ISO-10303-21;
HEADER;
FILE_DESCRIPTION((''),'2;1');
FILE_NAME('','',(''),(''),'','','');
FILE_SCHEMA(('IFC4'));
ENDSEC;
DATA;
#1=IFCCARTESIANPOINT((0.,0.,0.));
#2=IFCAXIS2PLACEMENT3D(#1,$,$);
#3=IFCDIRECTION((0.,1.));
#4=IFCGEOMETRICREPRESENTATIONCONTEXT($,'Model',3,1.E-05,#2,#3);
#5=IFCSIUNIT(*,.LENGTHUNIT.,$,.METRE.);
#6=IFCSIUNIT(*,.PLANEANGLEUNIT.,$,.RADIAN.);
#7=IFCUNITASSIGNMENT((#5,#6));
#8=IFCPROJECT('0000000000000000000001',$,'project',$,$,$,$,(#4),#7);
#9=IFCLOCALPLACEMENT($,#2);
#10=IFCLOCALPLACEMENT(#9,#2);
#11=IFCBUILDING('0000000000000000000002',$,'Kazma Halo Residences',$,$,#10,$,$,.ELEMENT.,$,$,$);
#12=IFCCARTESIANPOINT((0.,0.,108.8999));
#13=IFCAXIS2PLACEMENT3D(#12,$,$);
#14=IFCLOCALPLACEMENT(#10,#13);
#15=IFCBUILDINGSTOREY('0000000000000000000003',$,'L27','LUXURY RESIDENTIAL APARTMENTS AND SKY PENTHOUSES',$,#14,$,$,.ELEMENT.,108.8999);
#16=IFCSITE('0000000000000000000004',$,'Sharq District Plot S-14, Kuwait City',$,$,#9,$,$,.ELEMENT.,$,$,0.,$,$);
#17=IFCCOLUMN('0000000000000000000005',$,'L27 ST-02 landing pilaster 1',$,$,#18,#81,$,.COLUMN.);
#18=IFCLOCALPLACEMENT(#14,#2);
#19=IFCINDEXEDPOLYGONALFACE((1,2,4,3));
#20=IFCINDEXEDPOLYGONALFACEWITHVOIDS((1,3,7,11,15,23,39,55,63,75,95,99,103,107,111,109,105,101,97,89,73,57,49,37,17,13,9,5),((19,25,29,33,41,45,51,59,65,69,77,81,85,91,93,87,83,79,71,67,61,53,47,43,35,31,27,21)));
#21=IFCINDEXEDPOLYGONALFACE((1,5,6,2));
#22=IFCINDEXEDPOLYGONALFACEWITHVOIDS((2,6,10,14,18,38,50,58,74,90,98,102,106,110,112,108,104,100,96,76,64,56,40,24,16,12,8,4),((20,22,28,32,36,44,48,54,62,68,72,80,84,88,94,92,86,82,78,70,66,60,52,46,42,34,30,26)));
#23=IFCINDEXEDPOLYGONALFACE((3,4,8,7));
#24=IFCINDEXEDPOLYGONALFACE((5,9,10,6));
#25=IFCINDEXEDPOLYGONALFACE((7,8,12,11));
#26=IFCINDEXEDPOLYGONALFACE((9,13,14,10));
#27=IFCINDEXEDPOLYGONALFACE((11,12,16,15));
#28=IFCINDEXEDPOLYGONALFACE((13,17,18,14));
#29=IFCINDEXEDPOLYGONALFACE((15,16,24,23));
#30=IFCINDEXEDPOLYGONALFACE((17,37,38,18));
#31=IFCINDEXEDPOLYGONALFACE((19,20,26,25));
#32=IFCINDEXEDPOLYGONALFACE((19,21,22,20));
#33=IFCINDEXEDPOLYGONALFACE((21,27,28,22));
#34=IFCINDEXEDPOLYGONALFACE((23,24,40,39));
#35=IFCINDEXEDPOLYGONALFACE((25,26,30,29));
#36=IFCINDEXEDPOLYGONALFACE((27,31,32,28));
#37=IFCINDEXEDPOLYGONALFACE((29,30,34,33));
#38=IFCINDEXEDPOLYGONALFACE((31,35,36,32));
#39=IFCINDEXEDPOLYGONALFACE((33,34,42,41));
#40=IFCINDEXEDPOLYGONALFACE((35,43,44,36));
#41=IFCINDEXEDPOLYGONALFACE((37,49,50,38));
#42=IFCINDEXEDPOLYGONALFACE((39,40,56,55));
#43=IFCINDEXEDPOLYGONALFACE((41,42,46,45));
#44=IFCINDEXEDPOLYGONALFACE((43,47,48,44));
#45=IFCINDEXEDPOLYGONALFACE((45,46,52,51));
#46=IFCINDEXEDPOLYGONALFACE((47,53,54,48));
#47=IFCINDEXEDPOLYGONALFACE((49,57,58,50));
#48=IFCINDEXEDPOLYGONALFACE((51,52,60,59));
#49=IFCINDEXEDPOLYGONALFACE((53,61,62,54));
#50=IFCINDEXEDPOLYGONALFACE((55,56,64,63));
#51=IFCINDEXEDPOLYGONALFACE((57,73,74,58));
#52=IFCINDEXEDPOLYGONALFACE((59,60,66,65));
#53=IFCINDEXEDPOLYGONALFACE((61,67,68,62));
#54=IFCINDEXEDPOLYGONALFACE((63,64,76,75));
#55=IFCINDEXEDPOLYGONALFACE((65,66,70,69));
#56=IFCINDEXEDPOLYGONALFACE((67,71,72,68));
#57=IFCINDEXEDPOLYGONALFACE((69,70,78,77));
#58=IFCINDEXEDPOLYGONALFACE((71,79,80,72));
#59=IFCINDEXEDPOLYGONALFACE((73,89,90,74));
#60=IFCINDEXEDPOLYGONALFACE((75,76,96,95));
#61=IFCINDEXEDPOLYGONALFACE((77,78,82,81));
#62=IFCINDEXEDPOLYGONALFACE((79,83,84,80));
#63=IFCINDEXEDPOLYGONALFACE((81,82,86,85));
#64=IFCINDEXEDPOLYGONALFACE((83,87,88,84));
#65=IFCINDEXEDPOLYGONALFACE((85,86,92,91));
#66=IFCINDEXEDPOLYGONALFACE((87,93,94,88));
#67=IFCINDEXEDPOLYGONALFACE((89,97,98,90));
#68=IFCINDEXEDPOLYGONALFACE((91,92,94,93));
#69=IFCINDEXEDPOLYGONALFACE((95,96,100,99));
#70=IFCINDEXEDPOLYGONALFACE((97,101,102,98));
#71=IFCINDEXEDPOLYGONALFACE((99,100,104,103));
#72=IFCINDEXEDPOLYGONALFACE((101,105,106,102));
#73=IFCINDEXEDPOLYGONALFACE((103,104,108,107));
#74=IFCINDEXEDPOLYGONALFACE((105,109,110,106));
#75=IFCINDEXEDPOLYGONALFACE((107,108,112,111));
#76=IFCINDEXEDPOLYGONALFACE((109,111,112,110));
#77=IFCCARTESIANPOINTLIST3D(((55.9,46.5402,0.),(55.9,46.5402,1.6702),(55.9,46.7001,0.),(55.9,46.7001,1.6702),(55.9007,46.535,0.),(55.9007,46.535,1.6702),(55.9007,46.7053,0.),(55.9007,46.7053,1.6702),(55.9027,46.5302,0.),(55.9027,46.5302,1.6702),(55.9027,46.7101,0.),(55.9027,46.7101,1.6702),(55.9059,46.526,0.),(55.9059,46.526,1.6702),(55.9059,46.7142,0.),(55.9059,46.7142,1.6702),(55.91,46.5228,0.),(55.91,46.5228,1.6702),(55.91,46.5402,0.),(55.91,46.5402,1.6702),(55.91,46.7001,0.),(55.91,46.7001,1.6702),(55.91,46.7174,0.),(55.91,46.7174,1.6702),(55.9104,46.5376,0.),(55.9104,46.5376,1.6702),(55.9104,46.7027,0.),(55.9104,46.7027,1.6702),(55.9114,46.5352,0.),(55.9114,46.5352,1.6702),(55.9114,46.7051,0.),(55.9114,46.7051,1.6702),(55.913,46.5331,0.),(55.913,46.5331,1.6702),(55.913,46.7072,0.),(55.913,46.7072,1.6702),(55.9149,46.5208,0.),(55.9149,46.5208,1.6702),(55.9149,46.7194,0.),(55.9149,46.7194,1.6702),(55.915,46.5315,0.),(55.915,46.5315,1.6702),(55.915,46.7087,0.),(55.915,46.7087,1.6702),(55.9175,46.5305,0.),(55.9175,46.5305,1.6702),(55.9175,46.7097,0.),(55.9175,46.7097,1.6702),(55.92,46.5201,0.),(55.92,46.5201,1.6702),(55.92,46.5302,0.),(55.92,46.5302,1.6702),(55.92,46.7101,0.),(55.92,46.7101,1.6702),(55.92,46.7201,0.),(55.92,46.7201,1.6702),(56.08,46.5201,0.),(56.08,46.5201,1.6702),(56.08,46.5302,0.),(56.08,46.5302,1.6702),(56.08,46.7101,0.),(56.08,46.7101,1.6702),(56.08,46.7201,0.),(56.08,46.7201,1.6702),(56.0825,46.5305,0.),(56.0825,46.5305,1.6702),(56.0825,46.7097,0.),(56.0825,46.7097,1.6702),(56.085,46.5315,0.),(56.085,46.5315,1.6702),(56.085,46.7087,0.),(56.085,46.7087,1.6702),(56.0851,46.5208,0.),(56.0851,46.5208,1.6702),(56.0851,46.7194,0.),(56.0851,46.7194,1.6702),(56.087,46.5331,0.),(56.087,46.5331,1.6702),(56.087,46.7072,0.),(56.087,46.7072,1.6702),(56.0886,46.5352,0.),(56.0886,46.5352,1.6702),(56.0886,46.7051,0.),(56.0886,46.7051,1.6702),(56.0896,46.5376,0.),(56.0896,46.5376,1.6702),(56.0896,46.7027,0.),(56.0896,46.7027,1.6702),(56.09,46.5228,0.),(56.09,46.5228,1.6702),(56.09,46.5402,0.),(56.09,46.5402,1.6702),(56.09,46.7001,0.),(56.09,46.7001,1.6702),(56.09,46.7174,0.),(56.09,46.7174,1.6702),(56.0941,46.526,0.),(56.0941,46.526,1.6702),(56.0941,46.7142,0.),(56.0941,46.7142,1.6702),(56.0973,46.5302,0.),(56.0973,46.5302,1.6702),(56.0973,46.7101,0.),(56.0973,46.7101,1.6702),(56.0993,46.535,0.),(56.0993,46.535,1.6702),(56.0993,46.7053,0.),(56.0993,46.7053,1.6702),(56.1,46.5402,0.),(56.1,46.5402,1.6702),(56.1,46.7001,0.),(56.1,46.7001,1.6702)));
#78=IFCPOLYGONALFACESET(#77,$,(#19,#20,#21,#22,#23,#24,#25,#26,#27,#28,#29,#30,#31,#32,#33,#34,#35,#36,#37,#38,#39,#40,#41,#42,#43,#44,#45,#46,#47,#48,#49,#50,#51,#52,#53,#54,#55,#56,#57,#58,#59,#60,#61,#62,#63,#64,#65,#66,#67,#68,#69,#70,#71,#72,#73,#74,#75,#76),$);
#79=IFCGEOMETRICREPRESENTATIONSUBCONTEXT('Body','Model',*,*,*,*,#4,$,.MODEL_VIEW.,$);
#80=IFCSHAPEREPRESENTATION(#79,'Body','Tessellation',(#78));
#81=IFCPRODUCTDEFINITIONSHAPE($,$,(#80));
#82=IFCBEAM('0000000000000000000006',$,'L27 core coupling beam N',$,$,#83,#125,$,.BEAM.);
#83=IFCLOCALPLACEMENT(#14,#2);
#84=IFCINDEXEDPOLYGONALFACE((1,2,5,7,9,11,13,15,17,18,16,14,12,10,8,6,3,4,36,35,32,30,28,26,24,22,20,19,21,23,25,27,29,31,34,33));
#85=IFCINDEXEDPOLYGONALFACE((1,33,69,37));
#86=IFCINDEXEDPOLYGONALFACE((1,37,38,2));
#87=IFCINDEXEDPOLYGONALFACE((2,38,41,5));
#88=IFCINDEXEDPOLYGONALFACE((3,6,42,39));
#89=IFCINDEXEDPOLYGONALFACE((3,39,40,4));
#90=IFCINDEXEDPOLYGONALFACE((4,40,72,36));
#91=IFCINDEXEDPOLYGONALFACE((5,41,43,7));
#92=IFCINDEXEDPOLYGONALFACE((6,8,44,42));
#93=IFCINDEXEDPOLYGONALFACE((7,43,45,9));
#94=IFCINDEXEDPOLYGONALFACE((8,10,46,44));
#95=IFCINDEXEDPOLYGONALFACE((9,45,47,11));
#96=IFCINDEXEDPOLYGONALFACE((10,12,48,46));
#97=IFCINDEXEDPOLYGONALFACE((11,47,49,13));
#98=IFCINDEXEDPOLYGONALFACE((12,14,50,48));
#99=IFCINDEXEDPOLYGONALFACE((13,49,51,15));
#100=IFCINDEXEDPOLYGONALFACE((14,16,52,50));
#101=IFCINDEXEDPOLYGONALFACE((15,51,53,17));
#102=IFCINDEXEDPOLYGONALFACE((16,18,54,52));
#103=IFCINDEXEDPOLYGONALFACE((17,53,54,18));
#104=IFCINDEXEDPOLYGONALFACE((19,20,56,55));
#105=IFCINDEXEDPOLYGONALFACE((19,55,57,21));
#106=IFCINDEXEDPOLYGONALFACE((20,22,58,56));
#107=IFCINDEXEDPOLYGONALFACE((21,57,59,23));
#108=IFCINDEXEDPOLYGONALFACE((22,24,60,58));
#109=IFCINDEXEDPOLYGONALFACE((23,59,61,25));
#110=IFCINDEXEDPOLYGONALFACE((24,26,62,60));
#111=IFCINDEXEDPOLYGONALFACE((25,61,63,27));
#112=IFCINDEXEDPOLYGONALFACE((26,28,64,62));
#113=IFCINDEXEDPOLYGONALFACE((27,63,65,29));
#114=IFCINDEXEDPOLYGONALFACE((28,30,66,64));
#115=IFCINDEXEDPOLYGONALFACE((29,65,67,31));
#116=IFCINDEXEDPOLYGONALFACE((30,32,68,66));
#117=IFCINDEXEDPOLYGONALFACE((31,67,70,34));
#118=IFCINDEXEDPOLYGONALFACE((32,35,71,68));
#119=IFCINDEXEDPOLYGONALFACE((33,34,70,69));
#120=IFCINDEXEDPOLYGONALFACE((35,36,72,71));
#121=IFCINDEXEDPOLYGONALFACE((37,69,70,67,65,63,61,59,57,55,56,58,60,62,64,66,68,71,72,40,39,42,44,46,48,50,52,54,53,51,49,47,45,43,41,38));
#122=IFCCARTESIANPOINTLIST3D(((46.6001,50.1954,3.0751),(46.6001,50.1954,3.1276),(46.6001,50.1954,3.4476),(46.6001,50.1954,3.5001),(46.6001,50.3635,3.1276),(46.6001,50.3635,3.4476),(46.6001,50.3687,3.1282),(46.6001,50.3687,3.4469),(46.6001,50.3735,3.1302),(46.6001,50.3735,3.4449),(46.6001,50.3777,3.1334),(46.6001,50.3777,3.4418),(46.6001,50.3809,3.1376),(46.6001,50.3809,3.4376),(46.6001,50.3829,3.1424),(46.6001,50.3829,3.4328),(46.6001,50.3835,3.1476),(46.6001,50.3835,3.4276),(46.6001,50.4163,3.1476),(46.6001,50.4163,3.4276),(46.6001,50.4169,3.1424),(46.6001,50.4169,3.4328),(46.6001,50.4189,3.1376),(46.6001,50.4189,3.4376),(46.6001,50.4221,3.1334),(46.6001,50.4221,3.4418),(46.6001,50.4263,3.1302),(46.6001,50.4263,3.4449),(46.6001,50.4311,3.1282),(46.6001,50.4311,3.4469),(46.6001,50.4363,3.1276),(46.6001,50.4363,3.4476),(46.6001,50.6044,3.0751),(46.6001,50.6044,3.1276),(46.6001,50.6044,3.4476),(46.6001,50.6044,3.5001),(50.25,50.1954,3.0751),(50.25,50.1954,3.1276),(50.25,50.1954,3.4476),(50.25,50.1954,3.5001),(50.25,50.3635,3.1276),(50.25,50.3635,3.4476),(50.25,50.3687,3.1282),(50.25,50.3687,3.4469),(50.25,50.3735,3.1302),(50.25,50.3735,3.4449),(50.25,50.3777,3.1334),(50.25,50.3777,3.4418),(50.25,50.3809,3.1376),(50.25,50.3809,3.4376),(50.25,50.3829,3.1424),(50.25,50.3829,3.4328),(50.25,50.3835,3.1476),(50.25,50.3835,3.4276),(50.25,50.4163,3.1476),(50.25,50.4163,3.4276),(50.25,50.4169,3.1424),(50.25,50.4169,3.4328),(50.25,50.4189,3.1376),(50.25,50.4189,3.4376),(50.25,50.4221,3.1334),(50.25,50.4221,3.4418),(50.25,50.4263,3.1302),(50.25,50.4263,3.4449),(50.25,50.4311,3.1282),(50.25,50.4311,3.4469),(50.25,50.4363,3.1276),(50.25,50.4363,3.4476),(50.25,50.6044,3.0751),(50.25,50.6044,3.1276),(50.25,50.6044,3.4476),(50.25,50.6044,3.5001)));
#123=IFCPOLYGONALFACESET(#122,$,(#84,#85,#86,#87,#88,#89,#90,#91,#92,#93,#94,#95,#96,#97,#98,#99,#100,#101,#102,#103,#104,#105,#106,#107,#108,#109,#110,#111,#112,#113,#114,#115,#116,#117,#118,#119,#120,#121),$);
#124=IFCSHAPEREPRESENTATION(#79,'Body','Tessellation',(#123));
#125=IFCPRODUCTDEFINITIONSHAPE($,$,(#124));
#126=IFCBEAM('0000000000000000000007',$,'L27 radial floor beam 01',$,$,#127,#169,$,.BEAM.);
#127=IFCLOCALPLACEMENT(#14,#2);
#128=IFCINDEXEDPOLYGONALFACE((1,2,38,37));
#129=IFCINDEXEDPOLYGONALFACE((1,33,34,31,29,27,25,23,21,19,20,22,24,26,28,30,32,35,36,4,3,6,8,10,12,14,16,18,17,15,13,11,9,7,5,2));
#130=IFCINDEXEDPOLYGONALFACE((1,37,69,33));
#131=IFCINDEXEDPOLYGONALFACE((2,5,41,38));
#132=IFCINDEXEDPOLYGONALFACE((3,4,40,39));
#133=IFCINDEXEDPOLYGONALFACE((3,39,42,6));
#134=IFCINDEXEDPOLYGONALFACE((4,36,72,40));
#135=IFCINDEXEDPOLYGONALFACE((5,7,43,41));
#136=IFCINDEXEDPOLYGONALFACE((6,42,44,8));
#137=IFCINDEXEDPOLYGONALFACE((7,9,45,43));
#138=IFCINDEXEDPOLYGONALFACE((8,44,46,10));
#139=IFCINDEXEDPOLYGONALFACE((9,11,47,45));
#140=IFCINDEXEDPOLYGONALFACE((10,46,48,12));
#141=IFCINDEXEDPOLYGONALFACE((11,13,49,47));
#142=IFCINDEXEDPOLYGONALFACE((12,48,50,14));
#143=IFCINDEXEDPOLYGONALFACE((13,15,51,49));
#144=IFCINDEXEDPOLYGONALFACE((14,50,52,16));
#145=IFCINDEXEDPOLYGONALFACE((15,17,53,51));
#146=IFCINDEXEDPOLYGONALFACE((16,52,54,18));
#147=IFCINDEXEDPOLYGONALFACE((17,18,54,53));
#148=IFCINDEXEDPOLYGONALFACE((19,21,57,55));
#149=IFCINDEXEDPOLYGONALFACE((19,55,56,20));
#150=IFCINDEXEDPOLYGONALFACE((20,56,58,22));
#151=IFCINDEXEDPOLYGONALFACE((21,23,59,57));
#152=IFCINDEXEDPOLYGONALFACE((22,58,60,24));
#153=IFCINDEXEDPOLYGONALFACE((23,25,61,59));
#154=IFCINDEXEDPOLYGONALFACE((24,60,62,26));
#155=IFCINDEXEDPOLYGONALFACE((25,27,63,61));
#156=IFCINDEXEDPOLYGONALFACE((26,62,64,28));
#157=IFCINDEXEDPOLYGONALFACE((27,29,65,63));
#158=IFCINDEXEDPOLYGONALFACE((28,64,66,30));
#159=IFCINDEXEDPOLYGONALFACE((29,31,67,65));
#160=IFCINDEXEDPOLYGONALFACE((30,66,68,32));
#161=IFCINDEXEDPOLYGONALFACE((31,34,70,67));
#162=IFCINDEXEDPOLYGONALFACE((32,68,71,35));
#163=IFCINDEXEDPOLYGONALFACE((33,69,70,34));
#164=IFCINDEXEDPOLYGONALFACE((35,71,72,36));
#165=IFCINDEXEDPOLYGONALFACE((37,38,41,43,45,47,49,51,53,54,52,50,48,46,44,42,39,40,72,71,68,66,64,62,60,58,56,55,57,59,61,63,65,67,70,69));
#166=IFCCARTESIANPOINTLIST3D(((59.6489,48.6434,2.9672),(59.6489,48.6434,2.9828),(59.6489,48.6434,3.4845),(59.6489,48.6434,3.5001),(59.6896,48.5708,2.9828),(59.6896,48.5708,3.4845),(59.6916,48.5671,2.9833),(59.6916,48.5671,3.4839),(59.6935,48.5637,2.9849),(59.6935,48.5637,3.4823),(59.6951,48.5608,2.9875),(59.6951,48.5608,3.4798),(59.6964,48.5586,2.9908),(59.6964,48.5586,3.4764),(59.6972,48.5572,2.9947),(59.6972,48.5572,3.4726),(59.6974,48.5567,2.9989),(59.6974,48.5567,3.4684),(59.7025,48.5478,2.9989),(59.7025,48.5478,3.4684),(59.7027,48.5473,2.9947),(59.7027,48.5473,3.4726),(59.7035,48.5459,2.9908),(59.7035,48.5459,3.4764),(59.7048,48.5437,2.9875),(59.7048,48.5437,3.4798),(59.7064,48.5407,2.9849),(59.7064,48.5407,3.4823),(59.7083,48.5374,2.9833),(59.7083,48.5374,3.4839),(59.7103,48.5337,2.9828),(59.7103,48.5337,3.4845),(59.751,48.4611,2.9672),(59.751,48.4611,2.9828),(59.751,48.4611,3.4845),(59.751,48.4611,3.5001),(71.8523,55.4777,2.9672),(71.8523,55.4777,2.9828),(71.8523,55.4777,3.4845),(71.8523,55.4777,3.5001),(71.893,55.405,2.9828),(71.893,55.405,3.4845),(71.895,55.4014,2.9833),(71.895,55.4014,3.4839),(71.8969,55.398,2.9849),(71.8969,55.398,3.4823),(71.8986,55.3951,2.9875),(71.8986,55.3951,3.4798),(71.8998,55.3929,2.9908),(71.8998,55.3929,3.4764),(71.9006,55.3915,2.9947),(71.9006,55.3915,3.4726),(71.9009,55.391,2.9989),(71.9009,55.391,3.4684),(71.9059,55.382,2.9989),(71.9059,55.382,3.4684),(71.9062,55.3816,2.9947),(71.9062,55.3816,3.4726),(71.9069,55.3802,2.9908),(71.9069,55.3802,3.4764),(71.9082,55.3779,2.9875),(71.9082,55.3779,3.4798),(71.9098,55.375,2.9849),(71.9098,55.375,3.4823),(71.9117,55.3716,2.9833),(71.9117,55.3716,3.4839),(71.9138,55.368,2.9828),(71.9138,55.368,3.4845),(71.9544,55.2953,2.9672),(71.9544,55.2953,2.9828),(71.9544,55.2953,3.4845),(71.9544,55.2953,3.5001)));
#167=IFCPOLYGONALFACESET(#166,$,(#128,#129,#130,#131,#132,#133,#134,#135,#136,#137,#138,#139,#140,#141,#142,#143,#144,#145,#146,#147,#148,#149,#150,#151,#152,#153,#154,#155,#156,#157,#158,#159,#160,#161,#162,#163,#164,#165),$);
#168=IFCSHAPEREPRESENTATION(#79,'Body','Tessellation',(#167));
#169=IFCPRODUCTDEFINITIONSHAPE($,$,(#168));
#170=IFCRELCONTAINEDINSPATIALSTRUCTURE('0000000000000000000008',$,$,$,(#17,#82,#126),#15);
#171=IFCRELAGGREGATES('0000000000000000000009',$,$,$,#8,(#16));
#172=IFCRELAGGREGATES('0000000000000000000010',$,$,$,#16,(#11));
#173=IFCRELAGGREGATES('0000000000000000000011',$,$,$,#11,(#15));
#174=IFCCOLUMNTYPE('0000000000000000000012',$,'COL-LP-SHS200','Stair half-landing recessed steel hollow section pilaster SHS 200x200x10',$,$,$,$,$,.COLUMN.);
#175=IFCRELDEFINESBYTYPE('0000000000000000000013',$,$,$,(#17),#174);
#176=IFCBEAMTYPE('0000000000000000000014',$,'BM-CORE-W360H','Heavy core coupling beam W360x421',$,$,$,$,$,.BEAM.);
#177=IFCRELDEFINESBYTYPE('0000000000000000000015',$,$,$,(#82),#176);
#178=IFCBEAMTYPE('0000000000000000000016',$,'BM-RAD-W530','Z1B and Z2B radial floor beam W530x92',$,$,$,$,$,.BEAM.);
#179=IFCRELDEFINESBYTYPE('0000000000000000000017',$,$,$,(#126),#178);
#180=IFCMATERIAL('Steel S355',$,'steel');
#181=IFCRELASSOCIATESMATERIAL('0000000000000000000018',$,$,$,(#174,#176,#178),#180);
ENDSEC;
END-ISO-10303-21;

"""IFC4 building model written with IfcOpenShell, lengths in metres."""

from ifc_helpers import new_model, si_unit, direction, frame, origin, origin_2d, place, context, subcontext, project, spatial, hollow_rectangle, i_section, extrude, material, material_profile, profile_set, type_object, element, save


model = new_model("IFC4")

# Units and contexts
model_context = context("Model", 3, precision=1e-05, world=origin(), true_north=direction((0.0, 1.0)))
body_context = subcontext(model_context, "Body", "Model", "MODEL_VIEW")
ifc_project = project(units=[si_unit("LENGTHUNIT", "METRE"), si_unit("PLANEANGLEUNIT", "RADIAN")], contexts=[model_context])

# Site, building, storey
site_placement = place(None, origin())
site = spatial("IfcSite", under=ifc_project, at=site_placement, Name="Sharq District Plot S-14, Kuwait City", CompositionType="ELEMENT", RefElevation=0.0)
building_placement = place(site_placement, origin())
building = spatial("IfcBuilding", under=site, at=building_placement, Name="Kazma Halo Residences", CompositionType="ELEMENT")
storey_placement = place(building_placement, frame((0.0, 0.0, 108.8999)))
storey = spatial("IfcBuildingStorey", under=building, at=storey_placement, Name="L27", Description="LUXURY RESIDENTIAL APARTMENTS AND SKY PENTHOUSES", CompositionType="ELEMENT", Elevation=108.8999)

# Column
ifc_material_1 = material(Name="Steel S355", Category="steel")
ifc_material_profile_1 = material_profile(ifc_material_1, hollow_rectangle(XDim=0.2, YDim=0.2, WallThickness=0.01, InnerFilletRadius=0.01, OuterFilletRadius=0.02, at=origin_2d()), Name="SHS200x200x10")
ifc_profile_set_1 = profile_set([ifc_material_profile_1], Name="Steel S355")
column_type = type_object("IfcColumnType", Name="COL-LP-SHS200", Description="Stair half-landing recessed steel hollow section pilaster SHS 200x200x10", PredefinedType="COLUMN", material=ifc_profile_set_1)
column_placement = place(storey_placement, frame((56.0, 46.6201, 0.0), z_axis=(0.0, 0.0, 1.0), x_axis=(1.0, 0.0, 0.0)))
element("IfcColumn", 1, at=column_placement, inside=storey, type_object=column_type, Name="L27 ST-02 landing pilaster 1", PredefinedType="COLUMN", context=body_context, shape_type="SweptSolid", body=[
    extrude(hollow_rectangle(XDim=0.2, YDim=0.2, WallThickness=0.01, InnerFilletRadius=0.01, OuterFilletRadius=0.02, at=origin_2d()), origin(), (0.0, 0.0, 1.0), 1.6702),
])

# Beams
ifc_material_profile_2 = material_profile(ifc_material_1, i_section(OverallWidth=0.4089, OverallDepth=0.425, WebThickness=0.0327, FlangeThickness=0.0525, FilletRadius=0.02, at=origin_2d()), Name="W360x421")
ifc_profile_set_2 = profile_set([ifc_material_profile_2], Name="Steel S355")
beam_type_1 = type_object("IfcBeamType", Name="BM-CORE-W360H", Description="Heavy core coupling beam W360x421", PredefinedType="BEAM", material=ifc_profile_set_2)
beam_1_placement = place(storey_placement, frame((46.6001, 50.3999, 3.2876), z_axis=(1.0, 0.0, 0.0), x_axis=(0.0, 1.0, 0.0)))
element("IfcBeam", 2, at=beam_1_placement, inside=storey, type_object=beam_type_1, Name="L27 core coupling beam N", PredefinedType="BEAM", context=body_context, shape_type="SweptSolid", body=[
    extrude(i_section(OverallWidth=0.4089, OverallDepth=0.425, WebThickness=0.0327, FlangeThickness=0.0525, FilletRadius=0.02, at=origin_2d()), origin(), (0.0, 0.0, 1.0), 3.6499),
])
ifc_material_profile_3 = material_profile(ifc_material_1, i_section(OverallWidth=0.209, OverallDepth=0.533, WebThickness=0.0103, FlangeThickness=0.0156, FilletRadius=0.0161, at=origin_2d()), Name="W530x92")
ifc_profile_set_3 = profile_set([ifc_material_profile_3], Name="Steel S355")
beam_type_2 = type_object("IfcBeamType", Name="BM-RAD-W530", Description="Z1B and Z2B radial floor beam W530x92", PredefinedType="BEAM", material=ifc_profile_set_3)
beam_2_placement = place(storey_placement, frame((59.7, 48.5522, 3.2336), z_axis=(0.872496, 0.488622, 0.0), x_axis=(-0.488622, 0.872496, 0.0)))
element("IfcBeam", 3, at=beam_2_placement, inside=storey, type_object=beam_type_2, Name="L27 radial floor beam 01", PredefinedType="BEAM", context=body_context, shape_type="SweptSolid", body=[
    extrude(i_section(OverallWidth=0.209, OverallDepth=0.533, WebThickness=0.0103, FlangeThickness=0.0156, FilletRadius=0.0161, at=origin_2d()), origin(), (0.0, 0.0, 1.0), 13.9868),
])

save(model, "model.ifc")
